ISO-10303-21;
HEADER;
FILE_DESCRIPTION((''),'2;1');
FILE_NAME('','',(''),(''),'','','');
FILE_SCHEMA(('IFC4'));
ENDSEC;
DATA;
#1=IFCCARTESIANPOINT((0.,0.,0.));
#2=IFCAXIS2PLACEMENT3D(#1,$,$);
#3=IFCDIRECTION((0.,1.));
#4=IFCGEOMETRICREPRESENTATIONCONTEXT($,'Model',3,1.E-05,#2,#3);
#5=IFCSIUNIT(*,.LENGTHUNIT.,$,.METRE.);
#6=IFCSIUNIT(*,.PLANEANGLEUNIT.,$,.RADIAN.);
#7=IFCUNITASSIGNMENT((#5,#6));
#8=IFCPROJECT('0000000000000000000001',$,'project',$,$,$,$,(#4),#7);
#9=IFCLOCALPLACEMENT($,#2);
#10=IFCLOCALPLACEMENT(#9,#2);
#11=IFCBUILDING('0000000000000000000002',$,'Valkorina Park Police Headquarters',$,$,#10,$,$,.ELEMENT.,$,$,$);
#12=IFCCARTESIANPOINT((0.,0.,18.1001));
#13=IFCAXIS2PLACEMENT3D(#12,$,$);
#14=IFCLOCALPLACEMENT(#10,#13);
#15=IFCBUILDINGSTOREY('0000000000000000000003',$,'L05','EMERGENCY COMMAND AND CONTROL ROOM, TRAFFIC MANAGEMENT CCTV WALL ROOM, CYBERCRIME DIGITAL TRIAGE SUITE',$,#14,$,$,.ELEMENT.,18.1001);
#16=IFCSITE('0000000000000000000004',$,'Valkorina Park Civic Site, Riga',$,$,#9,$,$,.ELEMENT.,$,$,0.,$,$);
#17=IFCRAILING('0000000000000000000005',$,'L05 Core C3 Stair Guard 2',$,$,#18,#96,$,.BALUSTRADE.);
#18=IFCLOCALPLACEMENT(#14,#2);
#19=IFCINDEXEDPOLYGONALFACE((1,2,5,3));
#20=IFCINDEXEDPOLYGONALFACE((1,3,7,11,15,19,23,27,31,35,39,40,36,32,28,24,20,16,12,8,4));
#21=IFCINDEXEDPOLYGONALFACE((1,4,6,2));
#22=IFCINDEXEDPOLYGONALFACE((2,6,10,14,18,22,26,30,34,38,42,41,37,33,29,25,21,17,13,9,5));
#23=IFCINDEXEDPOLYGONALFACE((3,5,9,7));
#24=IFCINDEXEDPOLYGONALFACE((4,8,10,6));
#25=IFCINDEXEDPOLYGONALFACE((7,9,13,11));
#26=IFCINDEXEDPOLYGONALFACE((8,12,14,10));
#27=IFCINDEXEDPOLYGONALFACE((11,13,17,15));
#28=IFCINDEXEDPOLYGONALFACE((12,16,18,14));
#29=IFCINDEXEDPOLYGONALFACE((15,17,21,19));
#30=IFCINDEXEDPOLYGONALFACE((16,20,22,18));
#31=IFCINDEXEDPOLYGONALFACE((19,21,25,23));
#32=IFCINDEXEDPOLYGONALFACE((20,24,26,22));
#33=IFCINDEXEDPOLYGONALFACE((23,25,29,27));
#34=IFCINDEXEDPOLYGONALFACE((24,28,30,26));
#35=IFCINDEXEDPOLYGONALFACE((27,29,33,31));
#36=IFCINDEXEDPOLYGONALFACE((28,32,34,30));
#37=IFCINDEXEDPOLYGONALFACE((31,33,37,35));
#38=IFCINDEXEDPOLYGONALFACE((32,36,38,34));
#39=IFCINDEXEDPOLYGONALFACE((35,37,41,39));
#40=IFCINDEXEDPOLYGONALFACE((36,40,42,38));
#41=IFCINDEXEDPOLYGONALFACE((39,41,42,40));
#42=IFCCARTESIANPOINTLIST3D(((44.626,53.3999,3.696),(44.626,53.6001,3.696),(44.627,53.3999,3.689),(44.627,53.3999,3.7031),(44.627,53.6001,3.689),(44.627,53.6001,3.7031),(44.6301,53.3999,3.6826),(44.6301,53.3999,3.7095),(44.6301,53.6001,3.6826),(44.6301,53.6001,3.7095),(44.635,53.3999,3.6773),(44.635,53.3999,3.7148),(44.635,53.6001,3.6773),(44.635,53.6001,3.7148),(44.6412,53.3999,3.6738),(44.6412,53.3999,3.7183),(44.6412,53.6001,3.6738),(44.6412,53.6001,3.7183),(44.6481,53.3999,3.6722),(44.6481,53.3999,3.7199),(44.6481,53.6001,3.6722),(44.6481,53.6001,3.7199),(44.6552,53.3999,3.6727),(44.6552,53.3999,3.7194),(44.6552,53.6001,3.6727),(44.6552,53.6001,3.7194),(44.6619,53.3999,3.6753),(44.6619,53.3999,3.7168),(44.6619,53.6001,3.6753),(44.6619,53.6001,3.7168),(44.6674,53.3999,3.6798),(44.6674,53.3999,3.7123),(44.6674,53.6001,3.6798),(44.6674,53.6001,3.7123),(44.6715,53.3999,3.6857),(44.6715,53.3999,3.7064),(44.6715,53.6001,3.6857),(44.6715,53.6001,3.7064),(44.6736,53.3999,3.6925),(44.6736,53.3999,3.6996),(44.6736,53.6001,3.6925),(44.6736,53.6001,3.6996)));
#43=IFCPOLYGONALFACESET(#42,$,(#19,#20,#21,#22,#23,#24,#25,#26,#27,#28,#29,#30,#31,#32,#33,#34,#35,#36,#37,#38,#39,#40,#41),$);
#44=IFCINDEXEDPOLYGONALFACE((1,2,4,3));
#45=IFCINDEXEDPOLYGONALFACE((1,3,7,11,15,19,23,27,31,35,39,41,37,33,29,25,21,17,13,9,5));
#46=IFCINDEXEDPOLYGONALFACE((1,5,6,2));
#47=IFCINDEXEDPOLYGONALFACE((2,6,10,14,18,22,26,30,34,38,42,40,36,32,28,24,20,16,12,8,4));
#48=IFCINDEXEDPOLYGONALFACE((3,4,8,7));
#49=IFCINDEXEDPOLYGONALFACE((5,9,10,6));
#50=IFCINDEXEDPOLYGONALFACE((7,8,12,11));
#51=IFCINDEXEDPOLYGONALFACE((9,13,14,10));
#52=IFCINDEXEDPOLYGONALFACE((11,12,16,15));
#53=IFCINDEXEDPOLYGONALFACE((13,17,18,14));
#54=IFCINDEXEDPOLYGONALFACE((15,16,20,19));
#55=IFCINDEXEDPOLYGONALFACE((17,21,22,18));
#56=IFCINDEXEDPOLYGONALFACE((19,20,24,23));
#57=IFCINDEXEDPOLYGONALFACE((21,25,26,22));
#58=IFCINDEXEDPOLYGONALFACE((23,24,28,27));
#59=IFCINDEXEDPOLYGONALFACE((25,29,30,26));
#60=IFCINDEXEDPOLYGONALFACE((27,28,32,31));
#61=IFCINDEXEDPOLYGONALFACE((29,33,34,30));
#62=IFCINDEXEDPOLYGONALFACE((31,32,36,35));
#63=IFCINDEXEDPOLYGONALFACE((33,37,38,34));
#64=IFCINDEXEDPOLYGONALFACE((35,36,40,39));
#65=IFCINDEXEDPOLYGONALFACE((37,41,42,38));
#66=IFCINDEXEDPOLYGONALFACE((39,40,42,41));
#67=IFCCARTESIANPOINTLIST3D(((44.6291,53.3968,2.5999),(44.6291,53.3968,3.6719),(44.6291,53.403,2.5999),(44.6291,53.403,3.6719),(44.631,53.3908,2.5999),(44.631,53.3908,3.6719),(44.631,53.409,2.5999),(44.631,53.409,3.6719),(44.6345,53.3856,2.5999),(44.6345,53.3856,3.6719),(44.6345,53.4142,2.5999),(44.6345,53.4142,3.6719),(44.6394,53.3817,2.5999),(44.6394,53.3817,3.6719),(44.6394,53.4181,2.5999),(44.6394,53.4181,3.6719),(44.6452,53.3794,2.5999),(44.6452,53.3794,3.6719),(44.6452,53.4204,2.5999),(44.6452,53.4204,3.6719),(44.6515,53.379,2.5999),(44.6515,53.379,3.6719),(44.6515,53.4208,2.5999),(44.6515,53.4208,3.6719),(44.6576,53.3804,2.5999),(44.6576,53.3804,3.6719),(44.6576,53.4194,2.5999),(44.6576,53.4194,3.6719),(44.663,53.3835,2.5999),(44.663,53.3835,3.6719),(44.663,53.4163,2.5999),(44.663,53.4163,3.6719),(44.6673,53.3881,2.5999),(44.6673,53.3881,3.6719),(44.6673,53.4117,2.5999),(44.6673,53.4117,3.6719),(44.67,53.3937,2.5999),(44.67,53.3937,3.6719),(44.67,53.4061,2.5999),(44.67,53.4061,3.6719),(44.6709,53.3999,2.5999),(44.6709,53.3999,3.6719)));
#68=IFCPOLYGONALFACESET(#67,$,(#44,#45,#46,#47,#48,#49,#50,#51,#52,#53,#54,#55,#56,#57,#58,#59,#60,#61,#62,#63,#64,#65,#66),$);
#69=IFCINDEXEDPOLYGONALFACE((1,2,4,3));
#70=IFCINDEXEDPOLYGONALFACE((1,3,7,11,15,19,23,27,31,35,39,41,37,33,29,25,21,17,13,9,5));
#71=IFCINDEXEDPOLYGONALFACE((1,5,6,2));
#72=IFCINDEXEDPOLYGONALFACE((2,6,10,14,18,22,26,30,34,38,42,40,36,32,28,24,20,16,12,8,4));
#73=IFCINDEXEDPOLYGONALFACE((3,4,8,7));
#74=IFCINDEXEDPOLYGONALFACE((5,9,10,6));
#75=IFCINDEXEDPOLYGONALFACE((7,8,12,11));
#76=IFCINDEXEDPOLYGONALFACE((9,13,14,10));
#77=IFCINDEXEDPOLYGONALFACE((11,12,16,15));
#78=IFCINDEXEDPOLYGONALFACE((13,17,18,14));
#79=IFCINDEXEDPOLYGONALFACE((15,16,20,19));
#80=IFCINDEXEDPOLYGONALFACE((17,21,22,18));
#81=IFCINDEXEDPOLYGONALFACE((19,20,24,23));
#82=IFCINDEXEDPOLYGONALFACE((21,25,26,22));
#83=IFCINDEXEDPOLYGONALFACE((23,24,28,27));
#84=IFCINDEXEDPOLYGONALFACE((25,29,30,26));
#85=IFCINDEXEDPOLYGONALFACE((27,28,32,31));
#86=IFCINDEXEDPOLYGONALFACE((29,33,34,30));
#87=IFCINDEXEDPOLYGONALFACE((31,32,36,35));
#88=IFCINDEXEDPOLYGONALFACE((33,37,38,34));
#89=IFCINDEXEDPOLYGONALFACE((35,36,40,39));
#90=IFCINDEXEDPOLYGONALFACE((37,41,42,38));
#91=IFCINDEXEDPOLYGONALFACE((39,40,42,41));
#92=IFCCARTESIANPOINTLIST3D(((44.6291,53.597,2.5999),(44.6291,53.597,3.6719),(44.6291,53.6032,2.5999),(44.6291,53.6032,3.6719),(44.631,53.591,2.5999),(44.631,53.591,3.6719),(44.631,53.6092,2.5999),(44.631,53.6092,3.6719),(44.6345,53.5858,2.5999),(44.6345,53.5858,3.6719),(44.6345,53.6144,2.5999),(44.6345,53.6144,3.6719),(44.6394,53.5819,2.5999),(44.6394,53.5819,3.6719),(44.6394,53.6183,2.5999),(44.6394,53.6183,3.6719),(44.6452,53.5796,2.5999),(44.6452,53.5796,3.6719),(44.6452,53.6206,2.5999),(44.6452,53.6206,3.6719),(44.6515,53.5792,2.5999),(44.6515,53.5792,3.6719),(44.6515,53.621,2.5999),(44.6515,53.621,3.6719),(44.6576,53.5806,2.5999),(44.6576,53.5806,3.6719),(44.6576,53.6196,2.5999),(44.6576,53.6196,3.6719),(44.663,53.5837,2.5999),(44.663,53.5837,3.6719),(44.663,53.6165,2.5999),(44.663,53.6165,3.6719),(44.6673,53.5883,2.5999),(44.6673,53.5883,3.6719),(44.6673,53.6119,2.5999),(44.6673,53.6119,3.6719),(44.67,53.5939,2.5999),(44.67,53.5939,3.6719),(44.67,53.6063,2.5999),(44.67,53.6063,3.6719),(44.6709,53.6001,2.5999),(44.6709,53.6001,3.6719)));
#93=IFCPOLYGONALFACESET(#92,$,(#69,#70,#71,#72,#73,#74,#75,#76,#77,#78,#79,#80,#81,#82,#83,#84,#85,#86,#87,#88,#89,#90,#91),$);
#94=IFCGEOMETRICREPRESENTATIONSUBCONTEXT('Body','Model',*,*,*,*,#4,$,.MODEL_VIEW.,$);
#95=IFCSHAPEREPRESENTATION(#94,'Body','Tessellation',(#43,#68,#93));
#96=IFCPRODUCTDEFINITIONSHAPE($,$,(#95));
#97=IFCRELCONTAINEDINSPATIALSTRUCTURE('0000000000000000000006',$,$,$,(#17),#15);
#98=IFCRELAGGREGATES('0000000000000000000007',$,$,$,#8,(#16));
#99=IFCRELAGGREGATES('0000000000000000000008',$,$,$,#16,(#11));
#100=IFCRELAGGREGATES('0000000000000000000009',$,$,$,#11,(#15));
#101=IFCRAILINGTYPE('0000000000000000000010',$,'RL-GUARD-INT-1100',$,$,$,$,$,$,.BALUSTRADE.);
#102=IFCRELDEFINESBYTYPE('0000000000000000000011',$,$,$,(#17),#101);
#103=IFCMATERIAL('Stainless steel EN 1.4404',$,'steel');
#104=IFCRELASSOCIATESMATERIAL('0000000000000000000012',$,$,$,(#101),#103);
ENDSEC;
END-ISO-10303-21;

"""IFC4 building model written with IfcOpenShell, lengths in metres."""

from ifc_helpers import new_model, si_unit, direction, frame, origin, origin_2d, place, context, subcontext, project, spatial, circle, extrude, material, type_object, element, save


model = new_model("IFC4")

# Units and contexts
model_context = context("Model", 3, precision=1e-05, world=origin(), true_north=direction((0.0, 1.0)))
body_context = subcontext(model_context, "Body", "Model", "MODEL_VIEW")
ifc_project = project(units=[si_unit("LENGTHUNIT", "METRE"), si_unit("PLANEANGLEUNIT", "RADIAN")], contexts=[model_context])

# Site, building, storey
site_placement = place(None, origin())
site = spatial("IfcSite", under=ifc_project, at=site_placement, Name="Valkorina Park Civic Site, Riga", CompositionType="ELEMENT", RefElevation=0.0)
building_placement = place(site_placement, origin())
building = spatial("IfcBuilding", under=site, at=building_placement, Name="Valkorina Park Police Headquarters", CompositionType="ELEMENT")
storey_placement = place(building_placement, frame((0.0, 0.0, 18.1001)))
storey = spatial("IfcBuildingStorey", under=building, at=storey_placement, Name="L05", Description="EMERGENCY COMMAND AND CONTROL ROOM, TRAFFIC MANAGEMENT CCTV WALL ROOM, CYBERCRIME DIGITAL TRIAGE SUITE", CompositionType="ELEMENT", Elevation=18.1001)

# Railing
ifc_material_1 = material(Name="Stainless steel EN 1.4404", Category="steel")
railing_type_1 = type_object("IfcRailingType", Name="RL-GUARD-INT-1100", PredefinedType="BALUSTRADE", material=ifc_material_1)
railing_1_placement = place(storey_placement, frame((44.6499, 53.3999, 2.5999)))
element("IfcRailing", 1, at=railing_1_placement, inside=storey, type_object=railing_type_1, Name="L05 Core C3 Stair Guard 2", PredefinedType="BALUSTRADE", context=body_context, shape_type="SweptSolid", body=[
    extrude(circle(Radius=0.0239, at=origin_2d()), frame((0.0, 0.0, 1.0962), z_axis=(0.0, 1.0, 0.0), x_axis=(-1.0, 0.0, 0.0)), (0.0, 0.0, 1.0), 0.2002),
    extrude(circle(Radius=0.021, at=origin_2d()), origin(), (0.0, 0.0, 1.0), 1.072),
    extrude(circle(Radius=0.021, at=origin_2d()), frame((0.0, 0.2002, 0.0)), (0.0, 0.0, 1.0), 1.072),
])

save(model, "model.ifc")
